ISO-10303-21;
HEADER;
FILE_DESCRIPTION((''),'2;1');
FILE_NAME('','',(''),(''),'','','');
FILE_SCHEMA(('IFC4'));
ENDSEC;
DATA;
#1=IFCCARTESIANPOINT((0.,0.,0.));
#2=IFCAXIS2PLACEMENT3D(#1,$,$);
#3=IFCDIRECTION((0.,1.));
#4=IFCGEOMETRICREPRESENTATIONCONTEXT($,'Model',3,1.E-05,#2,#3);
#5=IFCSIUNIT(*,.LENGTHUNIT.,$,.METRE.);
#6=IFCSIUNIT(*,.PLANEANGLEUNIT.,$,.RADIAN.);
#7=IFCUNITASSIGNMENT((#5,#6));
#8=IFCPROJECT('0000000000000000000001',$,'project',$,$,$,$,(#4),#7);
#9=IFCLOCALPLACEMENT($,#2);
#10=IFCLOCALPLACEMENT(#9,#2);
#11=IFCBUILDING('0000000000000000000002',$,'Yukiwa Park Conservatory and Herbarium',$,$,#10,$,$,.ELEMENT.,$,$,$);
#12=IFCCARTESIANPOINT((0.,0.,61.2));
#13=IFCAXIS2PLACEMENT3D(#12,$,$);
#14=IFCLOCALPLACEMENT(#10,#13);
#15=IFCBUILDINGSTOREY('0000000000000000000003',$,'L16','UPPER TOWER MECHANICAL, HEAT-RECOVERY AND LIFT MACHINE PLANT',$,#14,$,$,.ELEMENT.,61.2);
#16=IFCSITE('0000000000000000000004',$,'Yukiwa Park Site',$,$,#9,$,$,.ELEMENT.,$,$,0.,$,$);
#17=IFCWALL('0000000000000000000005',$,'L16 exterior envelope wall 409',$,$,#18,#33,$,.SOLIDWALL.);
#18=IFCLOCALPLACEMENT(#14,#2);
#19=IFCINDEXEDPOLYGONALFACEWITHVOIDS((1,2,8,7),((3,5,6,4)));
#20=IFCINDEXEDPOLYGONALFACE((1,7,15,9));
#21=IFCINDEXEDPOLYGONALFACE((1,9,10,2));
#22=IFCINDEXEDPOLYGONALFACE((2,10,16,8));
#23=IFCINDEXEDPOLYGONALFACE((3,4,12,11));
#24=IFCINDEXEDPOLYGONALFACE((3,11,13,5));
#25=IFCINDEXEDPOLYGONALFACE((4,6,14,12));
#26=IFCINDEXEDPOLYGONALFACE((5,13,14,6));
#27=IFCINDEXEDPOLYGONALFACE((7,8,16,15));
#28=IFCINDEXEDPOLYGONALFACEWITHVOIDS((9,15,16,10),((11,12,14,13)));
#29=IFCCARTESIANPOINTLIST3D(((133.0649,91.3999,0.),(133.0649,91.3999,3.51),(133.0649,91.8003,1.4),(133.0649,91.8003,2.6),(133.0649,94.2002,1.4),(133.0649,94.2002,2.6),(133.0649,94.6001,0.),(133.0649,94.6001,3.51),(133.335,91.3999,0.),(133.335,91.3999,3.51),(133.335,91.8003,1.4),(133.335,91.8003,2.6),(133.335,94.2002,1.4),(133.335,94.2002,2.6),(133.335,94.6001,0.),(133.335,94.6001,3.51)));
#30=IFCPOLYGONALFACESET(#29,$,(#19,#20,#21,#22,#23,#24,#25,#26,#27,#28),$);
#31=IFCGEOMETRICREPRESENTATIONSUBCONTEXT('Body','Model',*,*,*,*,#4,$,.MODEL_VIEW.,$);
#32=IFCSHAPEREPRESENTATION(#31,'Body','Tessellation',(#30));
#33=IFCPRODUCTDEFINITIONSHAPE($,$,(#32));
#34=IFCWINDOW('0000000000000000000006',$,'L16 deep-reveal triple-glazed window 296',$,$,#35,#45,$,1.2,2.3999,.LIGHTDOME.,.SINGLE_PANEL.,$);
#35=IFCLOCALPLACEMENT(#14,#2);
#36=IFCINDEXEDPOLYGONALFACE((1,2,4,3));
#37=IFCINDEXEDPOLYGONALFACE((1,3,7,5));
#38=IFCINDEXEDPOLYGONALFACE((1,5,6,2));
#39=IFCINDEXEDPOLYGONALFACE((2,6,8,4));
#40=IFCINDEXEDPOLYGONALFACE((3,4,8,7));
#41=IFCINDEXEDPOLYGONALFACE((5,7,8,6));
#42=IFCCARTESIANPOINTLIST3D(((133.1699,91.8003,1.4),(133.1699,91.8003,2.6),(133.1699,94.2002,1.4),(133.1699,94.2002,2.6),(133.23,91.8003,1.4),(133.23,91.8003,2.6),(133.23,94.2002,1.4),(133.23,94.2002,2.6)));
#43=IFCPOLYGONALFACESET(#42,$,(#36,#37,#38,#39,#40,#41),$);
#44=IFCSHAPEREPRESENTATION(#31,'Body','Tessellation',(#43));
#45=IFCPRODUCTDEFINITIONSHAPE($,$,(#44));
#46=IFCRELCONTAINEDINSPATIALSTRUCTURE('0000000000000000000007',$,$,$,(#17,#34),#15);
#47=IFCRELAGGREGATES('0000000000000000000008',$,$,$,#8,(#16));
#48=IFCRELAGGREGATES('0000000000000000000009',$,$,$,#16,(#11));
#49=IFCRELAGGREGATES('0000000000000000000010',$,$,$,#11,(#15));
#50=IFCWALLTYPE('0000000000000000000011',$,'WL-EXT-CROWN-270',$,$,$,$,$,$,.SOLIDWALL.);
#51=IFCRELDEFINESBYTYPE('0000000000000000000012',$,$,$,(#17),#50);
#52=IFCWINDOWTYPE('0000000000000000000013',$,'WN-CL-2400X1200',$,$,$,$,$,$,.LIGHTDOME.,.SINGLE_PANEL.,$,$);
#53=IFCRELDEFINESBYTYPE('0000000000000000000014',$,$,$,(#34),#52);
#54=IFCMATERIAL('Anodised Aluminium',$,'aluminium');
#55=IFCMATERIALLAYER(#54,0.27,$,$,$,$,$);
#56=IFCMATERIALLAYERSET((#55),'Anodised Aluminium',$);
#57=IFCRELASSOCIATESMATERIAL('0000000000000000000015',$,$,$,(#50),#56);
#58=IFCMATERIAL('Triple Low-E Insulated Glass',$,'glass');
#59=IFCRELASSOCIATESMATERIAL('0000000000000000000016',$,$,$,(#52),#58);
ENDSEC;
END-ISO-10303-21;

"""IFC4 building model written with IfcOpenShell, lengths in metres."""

from ifc_helpers import new_model, si_unit, direction, frame, frame_2d, origin, place, context, subcontext, project, spatial, rectangle, extrude, material, layer, layer_set, type_object, element, fill, save


model = new_model("IFC4")

# Units and contexts
model_context = context("Model", 3, precision=1e-05, world=origin(), true_north=direction((0.0, 1.0)))
body_context = subcontext(model_context, "Body", "Model", "MODEL_VIEW")
ifc_project = project(units=[si_unit("LENGTHUNIT", "METRE"), si_unit("PLANEANGLEUNIT", "RADIAN")], contexts=[model_context])

# Site, building, storey
site_placement = place(None, origin())
site = spatial("IfcSite", under=ifc_project, at=site_placement, Name="Yukiwa Park Site", CompositionType="ELEMENT", RefElevation=0.0)
building_placement = place(site_placement, origin())
building = spatial("IfcBuilding", under=site, at=building_placement, Name="Yukiwa Park Conservatory and Herbarium", CompositionType="ELEMENT")
storey_placement = place(building_placement, frame((0.0, 0.0, 61.2)))
storey = spatial("IfcBuildingStorey", under=building, at=storey_placement, Name="L16", Description="UPPER TOWER MECHANICAL, HEAT-RECOVERY AND LIFT MACHINE PLANT", CompositionType="ELEMENT", Elevation=61.2)

# Shared definitions
ifc_material_1 = material(Name="Anodised Aluminium", Category="aluminium")
ifc_layer_1 = layer(ifc_material_1, 0.27)
ifc_layer_set_1 = layer_set([ifc_layer_1], Name="Anodised Aluminium")
wall_type = type_object("IfcWallType", Name="WL-EXT-CROWN-270", PredefinedType="SOLIDWALL", material=ifc_layer_set_1)
ifc_material_2 = material(Name="Triple Low-E Insulated Glass", Category="glass")
window_type = type_object("IfcWindowType", Name="WN-CL-2400X1200", PartitioningType="SINGLE_PANEL", PredefinedType="LIGHTDOME", material=ifc_material_2)

# Wall, opening, window
wall_1_placement = place(storey_placement, frame((133.2, 94.6001, 0.0), z_axis=(0.0, 0.0, 1.0), x_axis=(0.0, -1.0, 0.0)))
wall_1 = element("IfcWall", 1, at=wall_1_placement, inside=storey, type_object=wall_type, Name="L16 exterior envelope wall 409", PredefinedType="SOLIDWALL", context=body_context, shape_type="SweptSolid", body=[
    extrude(rectangle(XDim=3.2002, YDim=0.27, at=frame_2d((1.6001, 0.0))), origin(), (0.0, 0.0, 1.0), 3.51),
])
opening_1_placement = place(wall_1_placement, frame((0.3999, 0.0, 1.3999)))
opening_1 = element("IfcOpeningElement", 2, at=opening_1_placement, cuts=wall_1, PredefinedType="OPENING", context=body_context, shape_type="SweptSolid", body=[
    extrude(rectangle(XDim=2.3999, YDim=1.2, at=frame_2d((1.2, 0.6001))), frame((0.0, 0.145, 0.0), z_axis=(0.0, -1.0, 0.0), x_axis=(1.0, 0.0, 0.0)), (0.0, 0.0, 1.0), 0.29),
])
window_1_placement = place(opening_1_placement, origin())
window_1 = element("IfcWindow", 3, at=window_1_placement, inside=storey, type_object=window_type, Name="L16 deep-reveal triple-glazed window 296", OverallHeight=1.2, OverallWidth=2.3999, PartitioningType="SINGLE_PANEL", PredefinedType="LIGHTDOME", context=body_context, shape_type="SweptSolid", body=[
    extrude(rectangle(XDim=2.3999, YDim=1.2, at=frame_2d((1.2, 0.6001))), frame((0.0, 0.03, 0.0), z_axis=(0.0, -1.0, 0.0), x_axis=(1.0, 0.0, 0.0)), (0.0, 0.0, 1.0), 0.0601),
])
fill(opening_1, window_1)

save(model, "model.ifc")
